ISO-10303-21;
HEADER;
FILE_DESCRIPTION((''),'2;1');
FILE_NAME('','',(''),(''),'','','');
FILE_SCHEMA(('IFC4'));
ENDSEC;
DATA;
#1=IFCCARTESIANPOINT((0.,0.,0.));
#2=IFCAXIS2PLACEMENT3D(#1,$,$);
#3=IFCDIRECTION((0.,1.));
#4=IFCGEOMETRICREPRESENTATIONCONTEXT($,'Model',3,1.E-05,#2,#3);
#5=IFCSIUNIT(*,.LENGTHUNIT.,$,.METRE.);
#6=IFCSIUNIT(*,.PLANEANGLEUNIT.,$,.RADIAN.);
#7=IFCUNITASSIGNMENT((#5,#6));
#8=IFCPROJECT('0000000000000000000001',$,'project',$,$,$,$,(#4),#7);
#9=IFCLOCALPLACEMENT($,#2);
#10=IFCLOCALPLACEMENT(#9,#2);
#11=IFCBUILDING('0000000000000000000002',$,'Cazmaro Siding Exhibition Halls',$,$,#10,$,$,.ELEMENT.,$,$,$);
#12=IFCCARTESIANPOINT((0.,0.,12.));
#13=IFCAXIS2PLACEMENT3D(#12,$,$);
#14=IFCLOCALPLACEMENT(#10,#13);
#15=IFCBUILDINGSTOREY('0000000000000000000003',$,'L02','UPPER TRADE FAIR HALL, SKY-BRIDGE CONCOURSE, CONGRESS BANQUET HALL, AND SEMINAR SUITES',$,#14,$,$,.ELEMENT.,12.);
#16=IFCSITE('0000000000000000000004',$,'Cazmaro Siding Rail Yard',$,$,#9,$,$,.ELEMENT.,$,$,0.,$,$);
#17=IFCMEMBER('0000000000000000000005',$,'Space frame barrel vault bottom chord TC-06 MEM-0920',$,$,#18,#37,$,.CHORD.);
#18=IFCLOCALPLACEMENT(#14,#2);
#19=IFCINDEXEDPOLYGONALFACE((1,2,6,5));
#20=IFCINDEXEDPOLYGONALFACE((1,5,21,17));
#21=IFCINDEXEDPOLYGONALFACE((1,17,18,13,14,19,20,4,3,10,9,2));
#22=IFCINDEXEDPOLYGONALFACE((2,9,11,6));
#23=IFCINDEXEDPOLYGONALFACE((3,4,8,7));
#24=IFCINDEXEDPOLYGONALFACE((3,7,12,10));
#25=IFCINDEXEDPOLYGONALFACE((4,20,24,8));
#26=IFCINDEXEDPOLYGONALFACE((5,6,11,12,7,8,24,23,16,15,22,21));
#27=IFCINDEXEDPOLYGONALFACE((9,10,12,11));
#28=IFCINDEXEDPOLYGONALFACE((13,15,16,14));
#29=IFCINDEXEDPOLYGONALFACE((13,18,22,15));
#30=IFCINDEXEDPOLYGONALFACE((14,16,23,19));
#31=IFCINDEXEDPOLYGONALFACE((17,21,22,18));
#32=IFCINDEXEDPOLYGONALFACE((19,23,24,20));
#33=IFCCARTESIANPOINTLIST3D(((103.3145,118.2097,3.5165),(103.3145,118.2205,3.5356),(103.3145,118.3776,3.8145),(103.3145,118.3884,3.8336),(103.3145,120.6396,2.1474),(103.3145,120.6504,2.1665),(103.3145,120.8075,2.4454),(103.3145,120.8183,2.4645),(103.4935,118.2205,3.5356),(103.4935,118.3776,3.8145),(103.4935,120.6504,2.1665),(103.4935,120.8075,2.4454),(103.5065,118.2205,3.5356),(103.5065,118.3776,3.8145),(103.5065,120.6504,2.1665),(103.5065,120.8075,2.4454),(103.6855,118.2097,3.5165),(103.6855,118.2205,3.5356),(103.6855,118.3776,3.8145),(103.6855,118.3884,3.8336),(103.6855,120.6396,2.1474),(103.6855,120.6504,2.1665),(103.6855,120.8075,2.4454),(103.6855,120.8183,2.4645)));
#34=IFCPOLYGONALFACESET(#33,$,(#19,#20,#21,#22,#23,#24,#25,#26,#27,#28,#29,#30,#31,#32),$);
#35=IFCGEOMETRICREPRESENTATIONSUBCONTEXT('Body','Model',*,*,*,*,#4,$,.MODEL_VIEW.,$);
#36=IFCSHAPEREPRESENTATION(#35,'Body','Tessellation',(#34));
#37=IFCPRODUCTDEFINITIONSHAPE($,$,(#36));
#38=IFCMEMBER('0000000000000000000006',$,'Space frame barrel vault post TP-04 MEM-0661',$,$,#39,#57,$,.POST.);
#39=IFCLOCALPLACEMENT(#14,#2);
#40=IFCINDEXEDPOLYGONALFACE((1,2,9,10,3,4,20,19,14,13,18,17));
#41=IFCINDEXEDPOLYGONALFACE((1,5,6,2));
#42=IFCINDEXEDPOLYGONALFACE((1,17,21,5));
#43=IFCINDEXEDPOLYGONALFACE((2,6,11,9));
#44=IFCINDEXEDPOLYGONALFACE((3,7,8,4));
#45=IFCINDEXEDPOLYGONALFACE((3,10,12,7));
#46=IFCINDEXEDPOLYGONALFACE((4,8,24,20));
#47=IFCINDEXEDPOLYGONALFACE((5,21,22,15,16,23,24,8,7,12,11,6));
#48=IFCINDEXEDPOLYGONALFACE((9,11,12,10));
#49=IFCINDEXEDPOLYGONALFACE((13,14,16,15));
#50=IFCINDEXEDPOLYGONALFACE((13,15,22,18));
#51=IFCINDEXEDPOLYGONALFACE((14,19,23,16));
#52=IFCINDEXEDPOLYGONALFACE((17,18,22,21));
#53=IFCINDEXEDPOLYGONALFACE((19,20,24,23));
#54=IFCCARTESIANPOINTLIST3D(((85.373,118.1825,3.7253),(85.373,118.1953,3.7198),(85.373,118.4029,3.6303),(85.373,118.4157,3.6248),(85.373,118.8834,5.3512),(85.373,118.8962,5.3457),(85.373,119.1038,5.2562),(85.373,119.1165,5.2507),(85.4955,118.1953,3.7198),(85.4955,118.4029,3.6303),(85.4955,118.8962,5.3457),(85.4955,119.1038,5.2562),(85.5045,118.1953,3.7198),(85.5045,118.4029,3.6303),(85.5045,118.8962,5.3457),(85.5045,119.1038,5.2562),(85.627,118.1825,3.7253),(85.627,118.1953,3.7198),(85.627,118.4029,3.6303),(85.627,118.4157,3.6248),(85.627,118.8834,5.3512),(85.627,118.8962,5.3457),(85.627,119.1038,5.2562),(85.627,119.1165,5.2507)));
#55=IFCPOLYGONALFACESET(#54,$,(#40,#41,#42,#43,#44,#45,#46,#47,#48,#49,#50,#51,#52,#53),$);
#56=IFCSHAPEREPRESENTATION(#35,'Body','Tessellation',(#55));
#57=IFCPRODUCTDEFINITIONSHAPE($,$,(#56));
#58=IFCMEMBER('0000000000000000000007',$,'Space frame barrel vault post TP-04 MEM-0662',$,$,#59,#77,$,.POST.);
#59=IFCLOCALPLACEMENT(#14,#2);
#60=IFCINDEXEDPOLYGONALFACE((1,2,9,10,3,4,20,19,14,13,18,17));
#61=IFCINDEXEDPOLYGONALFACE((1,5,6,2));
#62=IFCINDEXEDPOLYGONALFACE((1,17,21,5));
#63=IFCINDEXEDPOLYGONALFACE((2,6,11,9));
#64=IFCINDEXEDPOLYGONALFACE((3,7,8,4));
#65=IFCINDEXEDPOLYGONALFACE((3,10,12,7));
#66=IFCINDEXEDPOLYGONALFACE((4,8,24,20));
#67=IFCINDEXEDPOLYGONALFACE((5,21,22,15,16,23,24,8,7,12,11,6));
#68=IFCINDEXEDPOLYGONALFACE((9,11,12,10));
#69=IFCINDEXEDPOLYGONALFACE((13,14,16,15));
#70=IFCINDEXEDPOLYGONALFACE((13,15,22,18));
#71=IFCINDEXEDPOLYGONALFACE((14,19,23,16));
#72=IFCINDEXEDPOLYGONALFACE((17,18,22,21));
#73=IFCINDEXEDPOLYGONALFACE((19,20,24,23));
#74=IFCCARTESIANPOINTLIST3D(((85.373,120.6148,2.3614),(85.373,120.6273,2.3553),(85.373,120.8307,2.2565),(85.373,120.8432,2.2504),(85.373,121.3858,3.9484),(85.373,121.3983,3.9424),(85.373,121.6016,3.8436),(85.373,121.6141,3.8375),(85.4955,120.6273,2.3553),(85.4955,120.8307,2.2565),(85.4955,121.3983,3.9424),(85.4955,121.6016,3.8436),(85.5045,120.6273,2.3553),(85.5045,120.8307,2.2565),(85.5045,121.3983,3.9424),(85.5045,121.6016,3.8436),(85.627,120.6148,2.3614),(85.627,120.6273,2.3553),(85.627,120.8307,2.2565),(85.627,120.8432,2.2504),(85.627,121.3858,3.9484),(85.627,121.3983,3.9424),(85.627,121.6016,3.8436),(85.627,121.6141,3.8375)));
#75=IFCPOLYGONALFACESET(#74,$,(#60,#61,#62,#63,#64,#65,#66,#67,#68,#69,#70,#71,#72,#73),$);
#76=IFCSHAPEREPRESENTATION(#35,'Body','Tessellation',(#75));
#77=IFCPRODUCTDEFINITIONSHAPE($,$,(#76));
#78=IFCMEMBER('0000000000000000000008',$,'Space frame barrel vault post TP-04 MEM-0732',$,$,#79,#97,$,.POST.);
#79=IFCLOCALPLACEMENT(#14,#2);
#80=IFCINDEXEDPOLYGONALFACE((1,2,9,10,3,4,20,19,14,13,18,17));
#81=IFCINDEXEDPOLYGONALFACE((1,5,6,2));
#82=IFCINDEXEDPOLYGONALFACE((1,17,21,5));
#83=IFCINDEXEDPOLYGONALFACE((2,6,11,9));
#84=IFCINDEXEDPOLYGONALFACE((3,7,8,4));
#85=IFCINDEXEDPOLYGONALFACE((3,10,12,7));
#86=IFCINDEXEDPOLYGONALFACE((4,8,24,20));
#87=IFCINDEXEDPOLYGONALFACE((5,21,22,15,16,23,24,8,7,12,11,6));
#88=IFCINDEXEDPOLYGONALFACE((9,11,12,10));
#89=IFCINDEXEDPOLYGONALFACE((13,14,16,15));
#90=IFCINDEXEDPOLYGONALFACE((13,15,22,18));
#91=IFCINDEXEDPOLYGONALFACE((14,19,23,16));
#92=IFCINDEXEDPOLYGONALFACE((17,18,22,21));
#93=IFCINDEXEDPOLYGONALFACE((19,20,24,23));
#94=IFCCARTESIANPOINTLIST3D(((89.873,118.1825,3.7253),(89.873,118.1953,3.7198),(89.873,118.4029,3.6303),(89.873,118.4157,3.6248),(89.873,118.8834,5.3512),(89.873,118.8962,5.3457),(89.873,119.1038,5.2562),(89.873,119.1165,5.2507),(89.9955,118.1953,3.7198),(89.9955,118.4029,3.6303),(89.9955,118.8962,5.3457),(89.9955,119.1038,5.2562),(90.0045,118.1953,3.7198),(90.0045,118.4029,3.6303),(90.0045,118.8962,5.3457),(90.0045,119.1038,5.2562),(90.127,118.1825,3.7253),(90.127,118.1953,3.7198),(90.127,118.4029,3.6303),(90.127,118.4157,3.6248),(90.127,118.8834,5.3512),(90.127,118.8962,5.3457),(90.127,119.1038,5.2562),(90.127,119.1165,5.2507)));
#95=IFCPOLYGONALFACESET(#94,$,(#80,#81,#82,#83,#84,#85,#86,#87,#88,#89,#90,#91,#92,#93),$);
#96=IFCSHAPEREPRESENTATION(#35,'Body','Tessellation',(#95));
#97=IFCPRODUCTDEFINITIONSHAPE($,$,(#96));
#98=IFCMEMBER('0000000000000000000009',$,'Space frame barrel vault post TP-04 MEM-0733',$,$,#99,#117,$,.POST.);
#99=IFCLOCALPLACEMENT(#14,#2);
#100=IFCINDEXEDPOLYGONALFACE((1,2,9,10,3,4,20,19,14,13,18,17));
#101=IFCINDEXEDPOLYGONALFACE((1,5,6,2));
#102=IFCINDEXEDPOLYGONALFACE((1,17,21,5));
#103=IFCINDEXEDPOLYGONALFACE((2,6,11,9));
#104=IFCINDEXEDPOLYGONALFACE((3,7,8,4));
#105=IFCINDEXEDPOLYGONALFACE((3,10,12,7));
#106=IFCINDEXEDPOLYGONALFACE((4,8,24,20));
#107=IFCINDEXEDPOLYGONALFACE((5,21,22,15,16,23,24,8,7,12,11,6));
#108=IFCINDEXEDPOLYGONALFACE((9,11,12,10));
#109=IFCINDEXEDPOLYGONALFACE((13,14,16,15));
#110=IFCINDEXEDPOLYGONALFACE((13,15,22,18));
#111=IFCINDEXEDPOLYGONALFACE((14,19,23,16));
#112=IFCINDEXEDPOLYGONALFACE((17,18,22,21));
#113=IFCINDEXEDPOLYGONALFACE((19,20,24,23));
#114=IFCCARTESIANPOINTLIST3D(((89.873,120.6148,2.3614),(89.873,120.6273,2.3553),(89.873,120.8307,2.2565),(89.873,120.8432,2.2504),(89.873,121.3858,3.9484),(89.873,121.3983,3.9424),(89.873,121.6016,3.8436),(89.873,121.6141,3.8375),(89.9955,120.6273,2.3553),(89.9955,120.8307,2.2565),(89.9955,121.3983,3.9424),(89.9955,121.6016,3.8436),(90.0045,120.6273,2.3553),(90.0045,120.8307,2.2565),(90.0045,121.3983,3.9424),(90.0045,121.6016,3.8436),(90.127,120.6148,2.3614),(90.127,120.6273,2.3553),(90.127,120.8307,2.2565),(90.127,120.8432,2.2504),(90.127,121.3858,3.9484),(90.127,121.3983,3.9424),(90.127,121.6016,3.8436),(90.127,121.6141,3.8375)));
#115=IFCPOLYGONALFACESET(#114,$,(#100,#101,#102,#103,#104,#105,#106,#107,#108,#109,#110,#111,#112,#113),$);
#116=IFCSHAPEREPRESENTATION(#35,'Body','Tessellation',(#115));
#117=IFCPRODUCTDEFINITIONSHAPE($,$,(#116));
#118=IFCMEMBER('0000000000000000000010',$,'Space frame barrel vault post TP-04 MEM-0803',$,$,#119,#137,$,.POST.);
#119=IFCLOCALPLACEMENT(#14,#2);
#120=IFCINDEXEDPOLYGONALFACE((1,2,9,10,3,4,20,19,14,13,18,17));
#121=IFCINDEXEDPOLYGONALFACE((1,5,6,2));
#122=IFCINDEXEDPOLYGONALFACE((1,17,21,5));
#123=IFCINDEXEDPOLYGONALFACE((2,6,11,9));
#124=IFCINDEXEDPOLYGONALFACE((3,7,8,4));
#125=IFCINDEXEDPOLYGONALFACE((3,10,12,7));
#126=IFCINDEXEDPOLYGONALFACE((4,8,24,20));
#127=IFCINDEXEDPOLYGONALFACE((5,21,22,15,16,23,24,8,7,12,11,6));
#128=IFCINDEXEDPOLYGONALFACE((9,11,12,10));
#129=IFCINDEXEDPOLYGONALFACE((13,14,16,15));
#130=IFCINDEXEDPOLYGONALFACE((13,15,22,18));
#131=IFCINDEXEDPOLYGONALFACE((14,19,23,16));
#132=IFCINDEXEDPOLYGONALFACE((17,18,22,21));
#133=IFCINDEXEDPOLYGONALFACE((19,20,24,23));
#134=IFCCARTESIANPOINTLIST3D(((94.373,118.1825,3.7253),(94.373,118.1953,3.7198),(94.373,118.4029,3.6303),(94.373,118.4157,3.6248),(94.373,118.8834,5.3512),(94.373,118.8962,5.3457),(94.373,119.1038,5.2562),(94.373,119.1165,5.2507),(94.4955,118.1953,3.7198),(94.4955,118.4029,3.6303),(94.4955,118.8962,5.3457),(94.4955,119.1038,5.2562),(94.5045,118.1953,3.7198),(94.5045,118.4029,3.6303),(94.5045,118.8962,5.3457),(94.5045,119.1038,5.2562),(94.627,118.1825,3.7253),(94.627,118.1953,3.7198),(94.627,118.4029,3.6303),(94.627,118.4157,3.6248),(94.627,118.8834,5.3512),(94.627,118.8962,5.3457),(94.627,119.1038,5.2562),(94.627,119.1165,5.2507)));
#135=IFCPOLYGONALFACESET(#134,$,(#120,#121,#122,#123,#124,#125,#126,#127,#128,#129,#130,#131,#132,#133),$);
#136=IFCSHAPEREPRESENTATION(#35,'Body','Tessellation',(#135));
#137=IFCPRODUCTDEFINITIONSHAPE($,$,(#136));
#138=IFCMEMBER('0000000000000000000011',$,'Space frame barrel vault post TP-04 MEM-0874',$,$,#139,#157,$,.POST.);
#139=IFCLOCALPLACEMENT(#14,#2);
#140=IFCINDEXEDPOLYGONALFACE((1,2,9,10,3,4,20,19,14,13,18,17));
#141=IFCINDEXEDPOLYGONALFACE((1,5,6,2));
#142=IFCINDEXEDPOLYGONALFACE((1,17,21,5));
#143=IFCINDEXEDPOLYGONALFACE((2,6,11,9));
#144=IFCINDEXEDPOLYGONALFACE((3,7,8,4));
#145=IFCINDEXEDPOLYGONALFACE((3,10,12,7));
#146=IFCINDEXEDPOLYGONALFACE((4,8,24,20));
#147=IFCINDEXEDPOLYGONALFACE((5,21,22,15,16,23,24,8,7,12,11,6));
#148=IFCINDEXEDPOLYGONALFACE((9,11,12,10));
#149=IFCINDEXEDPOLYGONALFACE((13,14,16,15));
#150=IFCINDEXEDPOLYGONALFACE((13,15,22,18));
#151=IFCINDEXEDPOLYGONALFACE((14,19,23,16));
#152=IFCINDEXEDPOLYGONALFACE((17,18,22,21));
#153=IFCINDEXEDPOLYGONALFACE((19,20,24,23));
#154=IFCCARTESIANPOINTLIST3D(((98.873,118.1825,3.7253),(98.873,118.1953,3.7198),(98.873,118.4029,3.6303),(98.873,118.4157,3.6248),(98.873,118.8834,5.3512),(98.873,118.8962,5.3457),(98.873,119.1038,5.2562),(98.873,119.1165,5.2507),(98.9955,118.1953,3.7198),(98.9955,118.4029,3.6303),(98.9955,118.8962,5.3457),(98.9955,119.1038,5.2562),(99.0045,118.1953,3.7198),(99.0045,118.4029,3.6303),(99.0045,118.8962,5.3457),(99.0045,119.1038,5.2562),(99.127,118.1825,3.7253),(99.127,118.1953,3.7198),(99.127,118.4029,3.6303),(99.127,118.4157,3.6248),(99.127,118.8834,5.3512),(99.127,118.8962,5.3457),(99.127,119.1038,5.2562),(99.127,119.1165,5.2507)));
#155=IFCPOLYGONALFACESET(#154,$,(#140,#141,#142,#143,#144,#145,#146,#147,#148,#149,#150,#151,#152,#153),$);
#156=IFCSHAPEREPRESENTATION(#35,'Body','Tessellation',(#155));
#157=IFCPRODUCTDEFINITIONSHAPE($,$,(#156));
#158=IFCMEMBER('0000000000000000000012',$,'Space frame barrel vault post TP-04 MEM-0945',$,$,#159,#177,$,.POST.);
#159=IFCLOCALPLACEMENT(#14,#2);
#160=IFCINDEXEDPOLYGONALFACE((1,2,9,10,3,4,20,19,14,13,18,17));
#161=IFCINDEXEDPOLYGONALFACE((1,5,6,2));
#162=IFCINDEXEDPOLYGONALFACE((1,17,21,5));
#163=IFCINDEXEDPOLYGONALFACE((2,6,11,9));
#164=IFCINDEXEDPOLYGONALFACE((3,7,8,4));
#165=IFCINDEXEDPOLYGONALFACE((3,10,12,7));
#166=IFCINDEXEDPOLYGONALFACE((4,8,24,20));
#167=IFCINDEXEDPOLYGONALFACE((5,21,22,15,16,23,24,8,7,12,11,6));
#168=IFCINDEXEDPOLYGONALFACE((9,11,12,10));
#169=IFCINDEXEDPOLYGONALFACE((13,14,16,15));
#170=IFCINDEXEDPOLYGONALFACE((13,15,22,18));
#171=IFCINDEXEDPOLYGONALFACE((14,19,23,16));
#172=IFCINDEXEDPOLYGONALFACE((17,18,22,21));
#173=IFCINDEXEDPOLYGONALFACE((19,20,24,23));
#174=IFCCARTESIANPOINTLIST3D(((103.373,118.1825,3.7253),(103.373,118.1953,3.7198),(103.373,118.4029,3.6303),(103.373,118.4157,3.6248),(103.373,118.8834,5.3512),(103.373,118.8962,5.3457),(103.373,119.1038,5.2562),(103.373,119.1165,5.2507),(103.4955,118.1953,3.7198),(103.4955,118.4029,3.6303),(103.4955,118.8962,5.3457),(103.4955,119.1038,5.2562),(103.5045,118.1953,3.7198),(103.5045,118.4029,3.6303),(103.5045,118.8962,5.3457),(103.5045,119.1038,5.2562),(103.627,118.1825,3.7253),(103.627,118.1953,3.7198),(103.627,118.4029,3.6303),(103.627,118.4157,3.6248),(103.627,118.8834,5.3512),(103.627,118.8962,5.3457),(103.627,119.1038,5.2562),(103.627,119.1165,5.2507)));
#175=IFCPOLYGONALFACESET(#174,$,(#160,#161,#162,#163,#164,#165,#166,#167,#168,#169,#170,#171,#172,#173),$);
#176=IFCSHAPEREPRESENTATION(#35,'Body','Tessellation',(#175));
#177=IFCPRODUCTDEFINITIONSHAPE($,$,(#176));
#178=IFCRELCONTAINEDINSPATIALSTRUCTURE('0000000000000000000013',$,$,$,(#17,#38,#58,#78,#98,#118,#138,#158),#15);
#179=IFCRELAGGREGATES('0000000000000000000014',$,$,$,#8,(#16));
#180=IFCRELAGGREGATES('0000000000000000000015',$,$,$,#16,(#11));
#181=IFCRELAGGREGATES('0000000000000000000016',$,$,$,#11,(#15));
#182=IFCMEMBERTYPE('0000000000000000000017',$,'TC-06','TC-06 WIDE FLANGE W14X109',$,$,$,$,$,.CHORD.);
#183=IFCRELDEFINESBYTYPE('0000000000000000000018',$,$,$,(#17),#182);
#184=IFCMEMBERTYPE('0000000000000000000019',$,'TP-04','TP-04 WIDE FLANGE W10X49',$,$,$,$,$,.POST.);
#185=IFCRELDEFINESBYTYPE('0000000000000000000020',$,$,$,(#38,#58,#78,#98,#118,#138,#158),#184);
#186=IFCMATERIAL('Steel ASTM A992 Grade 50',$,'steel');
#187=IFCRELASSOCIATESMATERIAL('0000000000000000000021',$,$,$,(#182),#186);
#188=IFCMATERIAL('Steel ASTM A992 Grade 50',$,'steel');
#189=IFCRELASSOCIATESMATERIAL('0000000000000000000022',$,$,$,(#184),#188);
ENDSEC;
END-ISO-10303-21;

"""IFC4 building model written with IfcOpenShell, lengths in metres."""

from ifc_helpers import new_model, si_unit, direction, frame, origin, origin_2d, place, context, subcontext, project, spatial, i_section, extrude, material, material_profile, profile_set, type_object, element, save


model = new_model("IFC4")

# Units and contexts
model_context = context("Model", 3, precision=1e-05, world=origin(), true_north=direction((0.0, 1.0)))
body_context = subcontext(model_context, "Body", "Model", "MODEL_VIEW")
ifc_project = project(units=[si_unit("LENGTHUNIT", "METRE"), si_unit("PLANEANGLEUNIT", "RADIAN")], contexts=[model_context])

# Site, building, storey
site_placement = place(None, origin())
site = spatial("IfcSite", under=ifc_project, at=site_placement, Name="Cazmaro Siding Rail Yard", CompositionType="ELEMENT", RefElevation=0.0)
building_placement = place(site_placement, origin())
building = spatial("IfcBuilding", under=site, at=building_placement, Name="Cazmaro Siding Exhibition Halls", CompositionType="ELEMENT")
storey_placement = place(building_placement, frame((0.0, 0.0, 12.0)))
storey = spatial("IfcBuildingStorey", under=building, at=storey_placement, Name="L02", Description="UPPER TRADE FAIR HALL, SKY-BRIDGE CONCOURSE, CONGRESS BANQUET HALL, AND SEMINAR SUITES", CompositionType="ELEMENT", Elevation=12.0)

# Members
ifc_material_1 = material(Name="Steel ASTM A992 Grade 50", Category="steel")
ifc_material_profile_1 = material_profile(ifc_material_1, i_section(OverallWidth=0.3711, OverallDepth=0.364, WebThickness=0.0129, FlangeThickness=0.022, at=origin_2d()), Name="W14X109")
ifc_profile_set_1 = profile_set([ifc_material_profile_1], Name="Steel ASTM A992 Grade 50")
member_type_1 = type_object("IfcMemberType", Name="TC-06", Description="TC-06 WIDE FLANGE W14X109", PredefinedType="CHORD", material=ifc_profile_set_1)
member_1_placement = place(storey_placement, frame((103.5, 118.2991, 3.675), z_axis=(0.0, 0.871222, -0.490889), x_axis=(-1.0, 0.0, 0.0)))
element("IfcMember", 1, at=member_1_placement, inside=storey, type_object=member_type_1, Name="Space frame barrel vault bottom chord TC-06 MEM-0920", PredefinedType="CHORD", context=body_context, shape_type="SweptSolid", body=[
    extrude(i_section(OverallWidth=0.3711, OverallDepth=0.364, WebThickness=0.0129, FlangeThickness=0.022, at=origin_2d()), origin(), (0.0, 0.0, 1.0), 2.7891),
])
ifc_material_2 = material(Name="Steel ASTM A992 Grade 50", Category="steel")
ifc_material_profile_2 = material_profile(ifc_material_2, i_section(OverallWidth=0.2539, OverallDepth=0.2539, WebThickness=0.009, FlangeThickness=0.0139, at=origin_2d()), Name="W10X49")
ifc_profile_set_2 = profile_set([ifc_material_profile_2], Name="Steel ASTM A992 Grade 50")
member_type_2 = type_object("IfcMemberType", Name="TP-04", Description="TP-04 WIDE FLANGE W10X49", PredefinedType="POST", material=ifc_profile_set_2)
member_2_placement = place(storey_placement, frame((85.5, 118.2991, 3.675), z_axis=(0.0, 0.395865, 0.918309), x_axis=(-1.0, 0.0, 0.0)))
element("IfcMember", 2, at=member_2_placement, inside=storey, type_object=member_type_2, Name="Space frame barrel vault post TP-04 MEM-0661", PredefinedType="POST", context=body_context, shape_type="SweptSolid", body=[
    extrude(i_section(OverallWidth=0.2539, OverallDepth=0.2539, WebThickness=0.009, FlangeThickness=0.0139, at=origin_2d()), origin(), (0.0, 0.0, 1.0), 1.7705),
])
member_3_placement = place(storey_placement, frame((85.5, 120.729, 2.3059), z_axis=(0.0, 0.436946, 0.899488), x_axis=(-1.0, 0.0, 0.0)))
element("IfcMember", 3, at=member_3_placement, inside=storey, type_object=member_type_2, Name="Space frame barrel vault post TP-04 MEM-0662", PredefinedType="POST", context=body_context, shape_type="SweptSolid", body=[
    extrude(i_section(OverallWidth=0.2539, OverallDepth=0.2539, WebThickness=0.009, FlangeThickness=0.0139, at=origin_2d()), origin(), (0.0, 0.0, 1.0), 1.7644),
])
member_4_placement = place(storey_placement, frame((90.0, 118.2991, 3.675), z_axis=(0.0, 0.395865, 0.918309), x_axis=(-1.0, 0.0, 0.0)))
element("IfcMember", 4, at=member_4_placement, inside=storey, type_object=member_type_2, Name="Space frame barrel vault post TP-04 MEM-0732", PredefinedType="POST", context=body_context, shape_type="SweptSolid", body=[
    extrude(i_section(OverallWidth=0.2539, OverallDepth=0.2539, WebThickness=0.009, FlangeThickness=0.0139, at=origin_2d()), origin(), (0.0, 0.0, 1.0), 1.7705),
])
member_5_placement = place(storey_placement, frame((90.0, 120.729, 2.3059), z_axis=(0.0, 0.436946, 0.899488), x_axis=(-1.0, 0.0, 0.0)))
element("IfcMember", 5, at=member_5_placement, inside=storey, type_object=member_type_2, Name="Space frame barrel vault post TP-04 MEM-0733", PredefinedType="POST", context=body_context, shape_type="SweptSolid", body=[
    extrude(i_section(OverallWidth=0.2539, OverallDepth=0.2539, WebThickness=0.009, FlangeThickness=0.0139, at=origin_2d()), origin(), (0.0, 0.0, 1.0), 1.7644),
])
for number, where, z_axis, x_axis, name in (
    (6, (94.5, 118.2991, 3.675), (0.0, 0.395865, 0.918309), (-1.0, 0.0, 0.0), "Space frame barrel vault post TP-04 MEM-0803"),
    (7, (99.0, 118.2991, 3.675), (0.0, 0.395865, 0.918309), (-1.0, 0.0, 0.0), "Space frame barrel vault post TP-04 MEM-0874"),
    (8, (103.5, 118.2991, 3.675), (0.0, 0.395865, 0.918309), (-1.0, 0.0, 0.0), "Space frame barrel vault post TP-04 MEM-0945"),
):
    element("IfcMember", number, at=place(storey_placement, frame(where, z_axis=z_axis, x_axis=x_axis)), inside=storey, type_object=member_type_2, Name=name, PredefinedType="POST", context=body_context, shape_type="SweptSolid", body=[
        extrude(i_section(OverallWidth=0.2539, OverallDepth=0.2539, WebThickness=0.009, FlangeThickness=0.0139, at=origin_2d()), origin(), (0.0, 0.0, 1.0), 1.7705),
    ])

save(model, "model.ifc")
